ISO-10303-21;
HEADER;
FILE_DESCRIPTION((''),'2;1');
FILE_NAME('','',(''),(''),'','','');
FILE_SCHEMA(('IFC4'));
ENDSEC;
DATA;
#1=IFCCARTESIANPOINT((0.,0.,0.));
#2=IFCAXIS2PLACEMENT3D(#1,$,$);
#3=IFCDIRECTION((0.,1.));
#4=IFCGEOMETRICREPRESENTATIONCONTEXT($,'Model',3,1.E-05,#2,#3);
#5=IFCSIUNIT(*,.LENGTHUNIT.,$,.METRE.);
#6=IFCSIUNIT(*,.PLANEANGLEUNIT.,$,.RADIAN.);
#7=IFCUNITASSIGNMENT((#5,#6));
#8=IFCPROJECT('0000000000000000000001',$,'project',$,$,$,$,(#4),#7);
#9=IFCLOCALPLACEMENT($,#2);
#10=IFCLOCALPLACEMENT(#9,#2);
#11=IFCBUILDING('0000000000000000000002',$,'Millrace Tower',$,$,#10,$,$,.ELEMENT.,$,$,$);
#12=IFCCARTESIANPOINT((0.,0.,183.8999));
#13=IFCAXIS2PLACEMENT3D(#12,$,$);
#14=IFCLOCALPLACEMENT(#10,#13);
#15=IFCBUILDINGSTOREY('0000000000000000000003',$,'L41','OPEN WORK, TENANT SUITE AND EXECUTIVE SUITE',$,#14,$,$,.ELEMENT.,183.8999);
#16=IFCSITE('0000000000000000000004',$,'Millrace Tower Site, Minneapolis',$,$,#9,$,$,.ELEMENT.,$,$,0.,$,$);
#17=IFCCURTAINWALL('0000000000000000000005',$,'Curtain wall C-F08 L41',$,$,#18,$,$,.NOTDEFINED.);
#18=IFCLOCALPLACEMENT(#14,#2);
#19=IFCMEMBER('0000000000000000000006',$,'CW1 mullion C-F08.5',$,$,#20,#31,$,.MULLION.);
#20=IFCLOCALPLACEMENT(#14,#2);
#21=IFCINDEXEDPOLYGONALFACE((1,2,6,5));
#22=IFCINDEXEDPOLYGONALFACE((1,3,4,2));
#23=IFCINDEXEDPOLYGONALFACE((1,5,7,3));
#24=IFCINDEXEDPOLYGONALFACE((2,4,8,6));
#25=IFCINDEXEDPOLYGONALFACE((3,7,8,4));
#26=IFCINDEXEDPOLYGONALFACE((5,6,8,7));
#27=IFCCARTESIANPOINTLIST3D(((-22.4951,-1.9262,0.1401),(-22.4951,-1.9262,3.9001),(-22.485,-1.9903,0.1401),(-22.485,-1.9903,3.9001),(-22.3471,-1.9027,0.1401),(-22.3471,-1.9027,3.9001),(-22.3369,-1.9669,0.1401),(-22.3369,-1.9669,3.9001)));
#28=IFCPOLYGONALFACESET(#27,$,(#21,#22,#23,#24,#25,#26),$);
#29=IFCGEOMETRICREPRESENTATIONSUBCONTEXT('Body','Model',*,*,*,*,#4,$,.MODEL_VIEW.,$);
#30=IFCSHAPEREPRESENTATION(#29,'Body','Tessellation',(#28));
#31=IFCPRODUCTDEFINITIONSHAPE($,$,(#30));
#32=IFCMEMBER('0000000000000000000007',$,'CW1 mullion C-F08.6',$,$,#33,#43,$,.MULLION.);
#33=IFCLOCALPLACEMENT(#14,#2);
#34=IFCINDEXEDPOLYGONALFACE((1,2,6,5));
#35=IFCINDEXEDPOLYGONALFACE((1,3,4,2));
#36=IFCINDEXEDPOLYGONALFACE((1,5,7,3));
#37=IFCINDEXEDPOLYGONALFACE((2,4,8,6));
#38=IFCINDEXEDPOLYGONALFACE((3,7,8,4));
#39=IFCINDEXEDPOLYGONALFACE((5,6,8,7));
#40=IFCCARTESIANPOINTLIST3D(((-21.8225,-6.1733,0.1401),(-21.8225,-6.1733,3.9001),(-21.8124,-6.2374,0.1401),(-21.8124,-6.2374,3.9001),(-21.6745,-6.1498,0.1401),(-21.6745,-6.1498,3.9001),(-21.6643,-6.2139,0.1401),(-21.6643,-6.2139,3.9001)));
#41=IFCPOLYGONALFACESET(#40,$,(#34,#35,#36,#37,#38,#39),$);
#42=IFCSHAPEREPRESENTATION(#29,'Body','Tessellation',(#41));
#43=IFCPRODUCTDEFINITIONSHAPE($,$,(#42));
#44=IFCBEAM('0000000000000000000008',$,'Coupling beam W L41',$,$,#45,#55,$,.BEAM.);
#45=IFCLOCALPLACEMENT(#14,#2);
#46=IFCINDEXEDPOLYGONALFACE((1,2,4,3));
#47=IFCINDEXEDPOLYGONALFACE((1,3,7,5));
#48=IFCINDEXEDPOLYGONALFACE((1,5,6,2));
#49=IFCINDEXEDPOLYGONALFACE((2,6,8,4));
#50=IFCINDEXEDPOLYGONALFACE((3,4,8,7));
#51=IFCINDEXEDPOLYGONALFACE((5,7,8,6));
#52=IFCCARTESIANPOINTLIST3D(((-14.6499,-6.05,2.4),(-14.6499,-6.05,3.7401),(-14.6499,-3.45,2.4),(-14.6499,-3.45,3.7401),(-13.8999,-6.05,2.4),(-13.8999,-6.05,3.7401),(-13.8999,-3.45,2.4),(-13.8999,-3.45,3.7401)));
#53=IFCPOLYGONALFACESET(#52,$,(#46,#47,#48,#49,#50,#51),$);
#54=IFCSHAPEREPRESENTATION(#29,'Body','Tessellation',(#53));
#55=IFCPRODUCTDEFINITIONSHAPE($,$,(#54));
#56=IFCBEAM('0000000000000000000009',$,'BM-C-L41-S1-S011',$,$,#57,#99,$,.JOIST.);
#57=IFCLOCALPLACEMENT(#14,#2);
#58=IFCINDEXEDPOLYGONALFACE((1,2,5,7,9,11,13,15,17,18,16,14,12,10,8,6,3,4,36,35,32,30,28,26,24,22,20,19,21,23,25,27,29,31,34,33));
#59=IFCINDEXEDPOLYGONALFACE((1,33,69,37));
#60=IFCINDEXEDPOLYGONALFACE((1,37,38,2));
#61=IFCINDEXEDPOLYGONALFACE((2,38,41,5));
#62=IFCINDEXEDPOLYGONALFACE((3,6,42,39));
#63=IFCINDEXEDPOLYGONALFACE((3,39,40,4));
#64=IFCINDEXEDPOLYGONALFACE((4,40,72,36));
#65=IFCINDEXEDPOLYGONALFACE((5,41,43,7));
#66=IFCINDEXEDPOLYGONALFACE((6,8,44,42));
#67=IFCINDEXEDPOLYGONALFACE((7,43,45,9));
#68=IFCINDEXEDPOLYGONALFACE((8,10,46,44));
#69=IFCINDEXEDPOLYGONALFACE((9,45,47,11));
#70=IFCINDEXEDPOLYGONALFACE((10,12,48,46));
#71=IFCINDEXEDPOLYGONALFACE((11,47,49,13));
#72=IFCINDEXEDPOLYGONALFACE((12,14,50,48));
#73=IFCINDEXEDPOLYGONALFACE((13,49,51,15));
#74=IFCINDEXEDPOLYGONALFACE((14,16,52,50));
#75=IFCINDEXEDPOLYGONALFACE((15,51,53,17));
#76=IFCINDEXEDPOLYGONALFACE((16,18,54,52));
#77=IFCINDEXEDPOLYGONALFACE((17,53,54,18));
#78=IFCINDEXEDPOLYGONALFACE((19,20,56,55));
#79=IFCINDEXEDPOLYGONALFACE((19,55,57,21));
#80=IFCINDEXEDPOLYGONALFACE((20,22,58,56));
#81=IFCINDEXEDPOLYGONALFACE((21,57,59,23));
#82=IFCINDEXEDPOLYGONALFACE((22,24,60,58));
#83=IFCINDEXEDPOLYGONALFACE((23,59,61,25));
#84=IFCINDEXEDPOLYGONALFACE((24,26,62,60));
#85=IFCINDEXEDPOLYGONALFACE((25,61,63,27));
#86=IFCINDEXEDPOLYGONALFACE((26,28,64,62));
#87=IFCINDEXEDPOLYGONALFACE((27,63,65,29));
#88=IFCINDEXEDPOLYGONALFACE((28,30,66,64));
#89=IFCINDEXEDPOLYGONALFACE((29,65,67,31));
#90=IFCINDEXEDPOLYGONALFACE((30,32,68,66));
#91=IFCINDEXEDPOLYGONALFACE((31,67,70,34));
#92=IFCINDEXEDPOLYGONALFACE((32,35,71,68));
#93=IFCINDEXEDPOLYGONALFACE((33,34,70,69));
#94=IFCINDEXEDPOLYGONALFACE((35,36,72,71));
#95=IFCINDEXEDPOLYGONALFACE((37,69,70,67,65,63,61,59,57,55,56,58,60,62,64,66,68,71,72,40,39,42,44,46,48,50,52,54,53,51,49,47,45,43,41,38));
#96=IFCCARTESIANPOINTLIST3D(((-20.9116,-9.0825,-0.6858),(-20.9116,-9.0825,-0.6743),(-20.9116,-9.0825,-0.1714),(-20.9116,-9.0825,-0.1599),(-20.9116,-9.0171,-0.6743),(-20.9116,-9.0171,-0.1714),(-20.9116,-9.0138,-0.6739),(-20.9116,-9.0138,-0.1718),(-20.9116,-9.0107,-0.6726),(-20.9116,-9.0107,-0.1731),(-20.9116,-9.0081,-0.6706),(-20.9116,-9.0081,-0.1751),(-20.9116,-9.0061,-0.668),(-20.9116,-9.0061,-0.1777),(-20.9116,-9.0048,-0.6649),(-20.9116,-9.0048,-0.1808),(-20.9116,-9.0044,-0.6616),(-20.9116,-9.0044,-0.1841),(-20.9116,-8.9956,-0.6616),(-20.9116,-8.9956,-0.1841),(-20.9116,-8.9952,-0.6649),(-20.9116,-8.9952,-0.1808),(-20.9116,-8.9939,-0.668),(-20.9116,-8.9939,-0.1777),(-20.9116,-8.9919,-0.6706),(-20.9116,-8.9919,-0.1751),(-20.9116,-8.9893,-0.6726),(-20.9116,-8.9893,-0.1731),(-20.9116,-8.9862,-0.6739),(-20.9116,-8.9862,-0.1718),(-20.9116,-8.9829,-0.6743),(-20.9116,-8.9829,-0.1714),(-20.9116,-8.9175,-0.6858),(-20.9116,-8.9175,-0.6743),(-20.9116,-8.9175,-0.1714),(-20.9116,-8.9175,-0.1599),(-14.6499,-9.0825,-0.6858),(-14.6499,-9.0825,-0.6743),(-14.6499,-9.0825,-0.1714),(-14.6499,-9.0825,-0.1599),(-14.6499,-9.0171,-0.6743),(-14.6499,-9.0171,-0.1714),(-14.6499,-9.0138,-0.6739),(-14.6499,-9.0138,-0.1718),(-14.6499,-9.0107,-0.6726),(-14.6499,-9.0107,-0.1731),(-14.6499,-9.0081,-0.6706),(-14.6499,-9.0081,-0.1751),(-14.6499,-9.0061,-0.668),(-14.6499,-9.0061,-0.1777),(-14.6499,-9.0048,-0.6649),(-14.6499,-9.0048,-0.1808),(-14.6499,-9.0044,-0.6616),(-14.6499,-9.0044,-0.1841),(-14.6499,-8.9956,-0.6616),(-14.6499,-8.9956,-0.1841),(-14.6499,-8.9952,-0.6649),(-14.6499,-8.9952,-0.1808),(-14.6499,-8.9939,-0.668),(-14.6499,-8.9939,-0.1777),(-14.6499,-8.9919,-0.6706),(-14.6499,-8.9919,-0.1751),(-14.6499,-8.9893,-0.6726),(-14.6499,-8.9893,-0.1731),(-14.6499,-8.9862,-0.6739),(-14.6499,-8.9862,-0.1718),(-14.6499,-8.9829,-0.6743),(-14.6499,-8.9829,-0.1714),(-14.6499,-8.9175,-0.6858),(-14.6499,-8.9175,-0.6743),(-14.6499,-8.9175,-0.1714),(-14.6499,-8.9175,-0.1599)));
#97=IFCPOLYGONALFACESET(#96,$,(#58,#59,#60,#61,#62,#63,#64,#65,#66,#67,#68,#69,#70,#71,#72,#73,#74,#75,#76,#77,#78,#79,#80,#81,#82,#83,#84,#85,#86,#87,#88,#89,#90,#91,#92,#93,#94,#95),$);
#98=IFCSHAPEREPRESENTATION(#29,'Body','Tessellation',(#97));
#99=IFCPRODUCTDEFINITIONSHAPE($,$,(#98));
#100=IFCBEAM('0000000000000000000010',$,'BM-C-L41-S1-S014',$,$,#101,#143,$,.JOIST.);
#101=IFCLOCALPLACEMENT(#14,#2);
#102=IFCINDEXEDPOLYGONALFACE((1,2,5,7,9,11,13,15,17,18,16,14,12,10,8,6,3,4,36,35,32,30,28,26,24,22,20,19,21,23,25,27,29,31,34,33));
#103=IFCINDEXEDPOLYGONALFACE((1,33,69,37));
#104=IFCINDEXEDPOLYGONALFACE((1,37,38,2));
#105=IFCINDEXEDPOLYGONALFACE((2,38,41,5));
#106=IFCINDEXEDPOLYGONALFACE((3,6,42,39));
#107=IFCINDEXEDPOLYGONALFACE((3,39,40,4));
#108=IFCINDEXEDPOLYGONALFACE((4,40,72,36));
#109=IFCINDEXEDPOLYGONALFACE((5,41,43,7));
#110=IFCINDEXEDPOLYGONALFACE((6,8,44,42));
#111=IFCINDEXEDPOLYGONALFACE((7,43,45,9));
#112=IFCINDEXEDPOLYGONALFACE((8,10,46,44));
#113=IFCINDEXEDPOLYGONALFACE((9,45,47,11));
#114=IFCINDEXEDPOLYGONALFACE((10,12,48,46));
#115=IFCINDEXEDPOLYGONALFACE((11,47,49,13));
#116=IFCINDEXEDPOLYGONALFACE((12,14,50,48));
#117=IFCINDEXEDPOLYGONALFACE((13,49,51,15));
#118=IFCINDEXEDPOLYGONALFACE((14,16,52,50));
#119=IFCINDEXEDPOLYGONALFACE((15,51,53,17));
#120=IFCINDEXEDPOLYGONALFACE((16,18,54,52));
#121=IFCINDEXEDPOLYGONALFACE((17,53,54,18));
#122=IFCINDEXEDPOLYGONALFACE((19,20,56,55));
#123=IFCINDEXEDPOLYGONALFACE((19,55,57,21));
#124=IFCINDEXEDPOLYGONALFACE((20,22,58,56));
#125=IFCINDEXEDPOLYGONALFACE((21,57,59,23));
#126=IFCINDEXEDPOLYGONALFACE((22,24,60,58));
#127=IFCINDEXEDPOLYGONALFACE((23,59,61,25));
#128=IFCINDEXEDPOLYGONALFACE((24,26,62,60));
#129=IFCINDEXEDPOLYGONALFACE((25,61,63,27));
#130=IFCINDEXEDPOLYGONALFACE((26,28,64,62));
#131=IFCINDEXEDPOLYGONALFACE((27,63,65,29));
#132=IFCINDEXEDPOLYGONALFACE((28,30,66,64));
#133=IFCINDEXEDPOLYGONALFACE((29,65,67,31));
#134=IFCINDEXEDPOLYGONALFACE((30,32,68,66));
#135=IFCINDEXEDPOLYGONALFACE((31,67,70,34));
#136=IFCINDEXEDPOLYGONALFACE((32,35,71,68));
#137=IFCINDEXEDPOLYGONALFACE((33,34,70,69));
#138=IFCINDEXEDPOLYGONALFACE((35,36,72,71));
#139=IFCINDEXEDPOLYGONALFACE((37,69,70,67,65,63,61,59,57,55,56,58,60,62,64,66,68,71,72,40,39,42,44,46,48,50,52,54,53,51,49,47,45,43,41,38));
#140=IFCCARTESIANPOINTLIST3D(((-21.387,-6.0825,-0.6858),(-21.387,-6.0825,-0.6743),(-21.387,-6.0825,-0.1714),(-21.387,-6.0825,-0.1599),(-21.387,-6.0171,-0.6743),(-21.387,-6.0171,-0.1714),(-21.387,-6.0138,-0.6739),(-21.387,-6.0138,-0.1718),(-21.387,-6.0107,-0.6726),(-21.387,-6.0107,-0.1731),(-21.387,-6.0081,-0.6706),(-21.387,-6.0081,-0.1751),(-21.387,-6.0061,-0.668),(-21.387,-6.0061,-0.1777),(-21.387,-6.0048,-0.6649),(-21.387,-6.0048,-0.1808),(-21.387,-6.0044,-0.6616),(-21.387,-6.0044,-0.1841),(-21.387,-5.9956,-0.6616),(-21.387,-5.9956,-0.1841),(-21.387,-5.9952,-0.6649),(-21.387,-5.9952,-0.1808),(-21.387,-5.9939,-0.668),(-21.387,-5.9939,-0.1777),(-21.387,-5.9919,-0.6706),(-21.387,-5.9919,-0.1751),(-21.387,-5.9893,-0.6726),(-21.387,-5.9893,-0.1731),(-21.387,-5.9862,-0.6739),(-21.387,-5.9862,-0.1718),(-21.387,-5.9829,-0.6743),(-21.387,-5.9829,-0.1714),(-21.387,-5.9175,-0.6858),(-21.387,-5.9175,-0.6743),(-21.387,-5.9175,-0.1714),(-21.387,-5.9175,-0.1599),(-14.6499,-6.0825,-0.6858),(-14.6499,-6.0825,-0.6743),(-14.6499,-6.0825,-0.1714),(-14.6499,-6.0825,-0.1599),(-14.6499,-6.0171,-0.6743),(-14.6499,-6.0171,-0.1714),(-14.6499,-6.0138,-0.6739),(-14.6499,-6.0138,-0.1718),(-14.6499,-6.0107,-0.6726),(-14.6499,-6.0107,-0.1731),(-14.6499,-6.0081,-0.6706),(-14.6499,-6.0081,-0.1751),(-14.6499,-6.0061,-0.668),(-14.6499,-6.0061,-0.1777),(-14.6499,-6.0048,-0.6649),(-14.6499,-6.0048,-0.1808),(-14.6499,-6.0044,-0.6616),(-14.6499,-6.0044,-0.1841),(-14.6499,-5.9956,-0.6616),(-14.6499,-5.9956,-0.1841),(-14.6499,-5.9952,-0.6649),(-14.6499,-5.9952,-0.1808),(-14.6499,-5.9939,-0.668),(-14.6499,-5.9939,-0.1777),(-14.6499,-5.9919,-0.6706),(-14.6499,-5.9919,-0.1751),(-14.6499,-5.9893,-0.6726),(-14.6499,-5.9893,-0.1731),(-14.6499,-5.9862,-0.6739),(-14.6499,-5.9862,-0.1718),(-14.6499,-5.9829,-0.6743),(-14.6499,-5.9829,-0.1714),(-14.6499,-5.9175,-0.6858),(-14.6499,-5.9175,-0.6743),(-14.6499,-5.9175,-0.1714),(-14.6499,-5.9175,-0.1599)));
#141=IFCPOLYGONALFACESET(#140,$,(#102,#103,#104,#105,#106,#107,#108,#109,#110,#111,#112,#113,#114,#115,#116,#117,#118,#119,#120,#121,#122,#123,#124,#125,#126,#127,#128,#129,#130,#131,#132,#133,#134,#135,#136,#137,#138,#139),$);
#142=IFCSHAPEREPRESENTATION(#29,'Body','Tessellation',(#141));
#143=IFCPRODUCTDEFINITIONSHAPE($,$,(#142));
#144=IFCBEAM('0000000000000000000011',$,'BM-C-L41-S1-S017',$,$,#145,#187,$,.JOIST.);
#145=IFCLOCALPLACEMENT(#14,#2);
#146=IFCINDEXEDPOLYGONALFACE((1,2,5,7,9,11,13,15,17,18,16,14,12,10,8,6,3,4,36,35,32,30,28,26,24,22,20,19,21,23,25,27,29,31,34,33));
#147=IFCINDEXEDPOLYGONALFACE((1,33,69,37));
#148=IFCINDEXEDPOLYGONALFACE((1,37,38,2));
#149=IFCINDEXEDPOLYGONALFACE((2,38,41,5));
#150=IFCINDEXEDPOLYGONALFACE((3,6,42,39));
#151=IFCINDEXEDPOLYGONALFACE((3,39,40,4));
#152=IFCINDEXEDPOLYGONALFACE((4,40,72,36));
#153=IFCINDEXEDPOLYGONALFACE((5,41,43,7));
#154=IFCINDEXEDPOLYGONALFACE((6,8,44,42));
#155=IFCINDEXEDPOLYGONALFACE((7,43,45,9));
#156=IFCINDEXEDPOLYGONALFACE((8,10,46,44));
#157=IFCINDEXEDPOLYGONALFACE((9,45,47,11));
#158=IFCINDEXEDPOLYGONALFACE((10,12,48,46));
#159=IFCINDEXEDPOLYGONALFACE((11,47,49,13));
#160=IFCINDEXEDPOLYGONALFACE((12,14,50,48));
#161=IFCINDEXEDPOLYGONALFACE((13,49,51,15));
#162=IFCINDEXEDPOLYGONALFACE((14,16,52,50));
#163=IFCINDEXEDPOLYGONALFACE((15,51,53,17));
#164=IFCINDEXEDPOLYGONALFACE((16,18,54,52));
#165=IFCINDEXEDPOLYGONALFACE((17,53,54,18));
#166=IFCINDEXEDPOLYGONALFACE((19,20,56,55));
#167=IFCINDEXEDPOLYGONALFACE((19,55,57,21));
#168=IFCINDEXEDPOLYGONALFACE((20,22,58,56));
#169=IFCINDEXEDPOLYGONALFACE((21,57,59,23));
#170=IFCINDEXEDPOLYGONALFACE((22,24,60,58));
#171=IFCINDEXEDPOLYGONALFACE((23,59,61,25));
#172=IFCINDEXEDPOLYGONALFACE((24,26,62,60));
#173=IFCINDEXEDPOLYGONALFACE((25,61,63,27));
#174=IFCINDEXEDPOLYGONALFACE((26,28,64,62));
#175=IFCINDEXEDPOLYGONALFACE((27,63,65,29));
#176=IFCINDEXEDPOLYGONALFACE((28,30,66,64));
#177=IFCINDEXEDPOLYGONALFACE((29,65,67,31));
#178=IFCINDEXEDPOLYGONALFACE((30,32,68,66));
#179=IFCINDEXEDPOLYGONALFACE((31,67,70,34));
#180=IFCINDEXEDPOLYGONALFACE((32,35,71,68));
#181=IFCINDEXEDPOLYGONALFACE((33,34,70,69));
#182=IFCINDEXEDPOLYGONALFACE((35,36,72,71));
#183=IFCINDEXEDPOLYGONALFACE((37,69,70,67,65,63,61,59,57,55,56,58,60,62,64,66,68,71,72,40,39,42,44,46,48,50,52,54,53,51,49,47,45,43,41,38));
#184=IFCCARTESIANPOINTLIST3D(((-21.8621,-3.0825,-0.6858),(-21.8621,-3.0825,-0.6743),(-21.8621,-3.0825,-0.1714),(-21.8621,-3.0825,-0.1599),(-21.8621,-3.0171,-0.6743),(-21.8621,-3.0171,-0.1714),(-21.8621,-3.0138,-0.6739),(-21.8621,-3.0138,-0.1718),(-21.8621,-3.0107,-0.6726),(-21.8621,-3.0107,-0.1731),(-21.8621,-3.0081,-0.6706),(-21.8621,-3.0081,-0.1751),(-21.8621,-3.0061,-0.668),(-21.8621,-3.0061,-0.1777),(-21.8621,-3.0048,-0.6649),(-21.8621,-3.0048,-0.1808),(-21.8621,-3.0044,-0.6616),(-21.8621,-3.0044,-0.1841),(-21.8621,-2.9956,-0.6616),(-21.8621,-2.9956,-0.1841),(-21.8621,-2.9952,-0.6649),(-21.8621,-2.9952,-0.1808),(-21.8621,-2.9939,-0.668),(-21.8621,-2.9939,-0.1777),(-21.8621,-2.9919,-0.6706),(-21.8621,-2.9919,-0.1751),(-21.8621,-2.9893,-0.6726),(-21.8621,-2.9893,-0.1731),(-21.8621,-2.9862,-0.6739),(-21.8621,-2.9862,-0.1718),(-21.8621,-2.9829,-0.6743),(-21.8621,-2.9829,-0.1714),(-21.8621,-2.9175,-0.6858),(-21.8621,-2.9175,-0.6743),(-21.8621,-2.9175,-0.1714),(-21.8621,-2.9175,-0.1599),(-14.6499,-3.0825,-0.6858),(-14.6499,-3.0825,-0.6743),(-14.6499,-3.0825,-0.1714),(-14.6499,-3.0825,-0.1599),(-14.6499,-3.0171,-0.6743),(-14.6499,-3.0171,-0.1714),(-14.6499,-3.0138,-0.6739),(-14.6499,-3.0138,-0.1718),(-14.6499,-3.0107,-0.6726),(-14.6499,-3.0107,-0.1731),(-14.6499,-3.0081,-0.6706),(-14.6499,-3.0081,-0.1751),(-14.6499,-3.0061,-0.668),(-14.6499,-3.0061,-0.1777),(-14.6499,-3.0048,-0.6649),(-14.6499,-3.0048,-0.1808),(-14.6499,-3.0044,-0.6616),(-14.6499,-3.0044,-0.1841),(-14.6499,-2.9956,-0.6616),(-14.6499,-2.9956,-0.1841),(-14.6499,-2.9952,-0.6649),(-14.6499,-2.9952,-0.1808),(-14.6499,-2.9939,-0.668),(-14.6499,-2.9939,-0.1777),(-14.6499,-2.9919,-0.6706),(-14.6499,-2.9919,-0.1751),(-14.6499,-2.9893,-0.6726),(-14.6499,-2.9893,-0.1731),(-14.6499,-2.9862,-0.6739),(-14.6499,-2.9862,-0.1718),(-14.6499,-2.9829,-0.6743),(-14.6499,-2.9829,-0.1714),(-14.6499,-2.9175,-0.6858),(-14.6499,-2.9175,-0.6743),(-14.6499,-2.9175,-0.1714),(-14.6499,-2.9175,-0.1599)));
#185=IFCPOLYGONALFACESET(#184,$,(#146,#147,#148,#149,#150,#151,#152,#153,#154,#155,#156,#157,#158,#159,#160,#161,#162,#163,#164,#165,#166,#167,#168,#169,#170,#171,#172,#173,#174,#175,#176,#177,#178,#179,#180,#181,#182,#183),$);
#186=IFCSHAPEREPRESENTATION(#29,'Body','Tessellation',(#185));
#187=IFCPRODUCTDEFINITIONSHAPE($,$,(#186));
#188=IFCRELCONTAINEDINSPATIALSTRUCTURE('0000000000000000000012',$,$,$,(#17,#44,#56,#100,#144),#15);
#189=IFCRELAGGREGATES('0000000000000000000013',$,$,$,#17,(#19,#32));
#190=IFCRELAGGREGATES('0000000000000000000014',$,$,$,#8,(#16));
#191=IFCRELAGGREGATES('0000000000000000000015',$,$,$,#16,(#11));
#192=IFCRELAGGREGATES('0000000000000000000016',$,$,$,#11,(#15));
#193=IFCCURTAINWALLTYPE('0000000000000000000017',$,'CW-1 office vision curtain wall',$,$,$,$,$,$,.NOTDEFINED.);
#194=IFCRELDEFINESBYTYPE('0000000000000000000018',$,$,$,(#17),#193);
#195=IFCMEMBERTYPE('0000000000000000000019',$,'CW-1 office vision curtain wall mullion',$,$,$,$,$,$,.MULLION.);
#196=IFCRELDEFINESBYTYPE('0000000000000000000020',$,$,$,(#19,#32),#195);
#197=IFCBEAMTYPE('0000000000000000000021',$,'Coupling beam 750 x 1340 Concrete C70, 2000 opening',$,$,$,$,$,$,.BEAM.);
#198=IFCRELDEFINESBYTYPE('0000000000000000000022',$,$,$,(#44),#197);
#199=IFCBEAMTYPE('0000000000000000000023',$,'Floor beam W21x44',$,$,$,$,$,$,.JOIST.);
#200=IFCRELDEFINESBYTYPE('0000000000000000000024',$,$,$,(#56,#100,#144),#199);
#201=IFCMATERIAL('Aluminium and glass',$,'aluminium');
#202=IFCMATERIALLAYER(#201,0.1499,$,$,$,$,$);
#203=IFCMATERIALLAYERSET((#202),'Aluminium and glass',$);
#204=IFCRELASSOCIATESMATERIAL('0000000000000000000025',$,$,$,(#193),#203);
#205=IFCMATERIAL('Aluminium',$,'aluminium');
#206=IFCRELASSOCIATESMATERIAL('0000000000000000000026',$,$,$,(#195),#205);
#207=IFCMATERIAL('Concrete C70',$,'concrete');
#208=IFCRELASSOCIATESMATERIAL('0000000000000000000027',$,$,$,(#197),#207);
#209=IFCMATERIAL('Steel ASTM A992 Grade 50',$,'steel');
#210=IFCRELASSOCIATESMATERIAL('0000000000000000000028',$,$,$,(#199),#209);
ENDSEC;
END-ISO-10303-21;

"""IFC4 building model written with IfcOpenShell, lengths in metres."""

from ifc_helpers import new_model, si_unit, direction, frame, origin, origin_2d, place, context, subcontext, project, spatial, rectangle, i_section, extrude, material, layer, layer_set, material_profile, profile_set, type_object, element, aggregate, save


model = new_model("IFC4")

# Units and contexts
model_context = context("Model", 3, precision=1e-05, world=origin(), true_north=direction((0.0, 1.0)))
body_context = subcontext(model_context, "Body", "Model", "MODEL_VIEW")
ifc_project = project(units=[si_unit("LENGTHUNIT", "METRE"), si_unit("PLANEANGLEUNIT", "RADIAN")], contexts=[model_context])

# Site, building, storey
site_placement = place(None, origin())
site = spatial("IfcSite", under=ifc_project, at=site_placement, Name="Millrace Tower Site, Minneapolis", CompositionType="ELEMENT", RefElevation=0.0)
building_placement = place(site_placement, origin())
building = spatial("IfcBuilding", under=site, at=building_placement, Name="Millrace Tower", CompositionType="ELEMENT")
storey_placement = place(building_placement, frame((0.0, 0.0, 183.8999)))
storey = spatial("IfcBuildingStorey", under=building, at=storey_placement, Name="L41", Description="OPEN WORK, TENANT SUITE AND EXECUTIVE SUITE", CompositionType="ELEMENT", Elevation=183.8999)

# Curtain wall, members
ifc_material_1 = material(Name="Aluminium and glass", Category="aluminium")
ifc_layer_1 = layer(ifc_material_1, 0.1499)
ifc_layer_set_1 = layer_set([ifc_layer_1], Name="Aluminium and glass")
curtain_wall_type = type_object("IfcCurtainWallType", Name="CW-1 office vision curtain wall", PredefinedType="NOTDEFINED", material=ifc_layer_set_1)
curtain_wall_placement = place(storey_placement, origin())
curtain_wall = element("IfcCurtainWall", 1, at=curtain_wall_placement, inside=storey, type_object=curtain_wall_type, Name="Curtain wall C-F08 L41", PredefinedType="NOTDEFINED")
ifc_material_2 = material(Name="Aluminium", Category="aluminium")
ifc_material_profile_1 = material_profile(ifc_material_2, rectangle(XDim=0.0649, YDim=0.1499, at=origin_2d()))
ifc_profile_set_1 = profile_set([ifc_material_profile_1], Name="Aluminium")
member_type = type_object("IfcMemberType", Name="CW-1 office vision curtain wall mullion", PredefinedType="MULLION", material=ifc_profile_set_1)
member_1_placement = place(storey_placement, frame((-22.416, -1.9465, 0.1401), z_axis=(0.0, 0.0, 1.0), x_axis=(0.156434, -0.987688, 0.0)))
member_1 = element("IfcMember", 2, at=member_1_placement, type_object=member_type, Name="CW1 mullion C-F08.5", PredefinedType="MULLION", context=body_context, shape_type="SweptSolid", body=[
    extrude(rectangle(XDim=0.0649, YDim=0.1499, at=origin_2d()), origin(), (0.0, 0.0, 1.0), 3.76),
])
member_2_placement = place(storey_placement, frame((-21.7434, -6.1936, 0.1401), z_axis=(0.0, 0.0, 1.0), x_axis=(0.156434, -0.987688, 0.0)))
member_2 = element("IfcMember", 3, at=member_2_placement, type_object=member_type, Name="CW1 mullion C-F08.6", PredefinedType="MULLION", context=body_context, shape_type="SweptSolid", body=[
    extrude(rectangle(XDim=0.0649, YDim=0.1499, at=origin_2d()), origin(), (0.0, 0.0, 1.0), 3.76),
])
aggregate(curtain_wall, [member_1, member_2])

# Beams
ifc_material_3 = material(Name="Concrete C70", Category="concrete")
ifc_material_profile_2 = material_profile(ifc_material_3, rectangle(XDim=0.75, YDim=1.3401, at=origin_2d()))
ifc_profile_set_2 = profile_set([ifc_material_profile_2], Name="Concrete C70")
beam_type_1 = type_object("IfcBeamType", Name="Coupling beam 750 x 1340 Concrete C70, 2000 opening", PredefinedType="BEAM", material=ifc_profile_set_2)
beam_1_placement = place(storey_placement, frame((-14.2749, -6.05, 3.0701), z_axis=(0.0, 1.0, 0.0), x_axis=(-1.0, 0.0, 0.0)))
element("IfcBeam", 4, at=beam_1_placement, inside=storey, type_object=beam_type_1, Name="Coupling beam W L41", PredefinedType="BEAM", context=body_context, shape_type="SweptSolid", body=[
    extrude(rectangle(XDim=0.75, YDim=1.3401, at=origin_2d()), origin(), (0.0, 0.0, 1.0), 2.6001),
])
ifc_material_4 = material(Name="Steel ASTM A992 Grade 50", Category="steel")
ifc_material_profile_3 = material_profile(ifc_material_4, i_section(OverallWidth=0.165, OverallDepth=0.5259, WebThickness=0.0088, FlangeThickness=0.0115, FilletRadius=0.0127, at=origin_2d()))
ifc_profile_set_3 = profile_set([ifc_material_profile_3], Name="Steel ASTM A992 Grade 50")
beam_type_2 = type_object("IfcBeamType", Name="Floor beam W21x44", PredefinedType="JOIST", material=ifc_profile_set_3)
beam_2_placement = place(storey_placement, frame((-20.9116, -9.0, -0.4229), z_axis=(1.0, 0.0, 0.0), x_axis=(0.0, 1.0, 0.0)))
element("IfcBeam", 5, at=beam_2_placement, inside=storey, type_object=beam_type_2, Name="BM-C-L41-S1-S011", PredefinedType="JOIST", context=body_context, shape_type="SweptSolid", body=[
    extrude(i_section(OverallWidth=0.165, OverallDepth=0.5259, WebThickness=0.0088, FlangeThickness=0.0115, FilletRadius=0.0127, at=origin_2d()), origin(), (0.0, 0.0, 1.0), 6.2617),
])
beam_3_placement = place(storey_placement, frame((-21.387, -6.0, -0.4229), z_axis=(1.0, 0.0, 0.0), x_axis=(0.0, 1.0, 0.0)))
element("IfcBeam", 6, at=beam_3_placement, inside=storey, type_object=beam_type_2, Name="BM-C-L41-S1-S014", PredefinedType="JOIST", context=body_context, shape_type="SweptSolid", body=[
    extrude(i_section(OverallWidth=0.165, OverallDepth=0.5259, WebThickness=0.0088, FlangeThickness=0.0115, FilletRadius=0.0127, at=origin_2d()), origin(), (0.0, 0.0, 1.0), 6.7371),
])
beam_4_placement = place(storey_placement, frame((-21.8621, -3.0, -0.4229), z_axis=(1.0, 0.0, 0.0), x_axis=(0.0, 1.0, 0.0)))
element("IfcBeam", 7, at=beam_4_placement, inside=storey, type_object=beam_type_2, Name="BM-C-L41-S1-S017", PredefinedType="JOIST", context=body_context, shape_type="SweptSolid", body=[
    extrude(i_section(OverallWidth=0.165, OverallDepth=0.5259, WebThickness=0.0088, FlangeThickness=0.0115, FilletRadius=0.0127, at=origin_2d()), origin(), (0.0, 0.0, 1.0), 7.2122),
])

save(model, "model.ifc")
